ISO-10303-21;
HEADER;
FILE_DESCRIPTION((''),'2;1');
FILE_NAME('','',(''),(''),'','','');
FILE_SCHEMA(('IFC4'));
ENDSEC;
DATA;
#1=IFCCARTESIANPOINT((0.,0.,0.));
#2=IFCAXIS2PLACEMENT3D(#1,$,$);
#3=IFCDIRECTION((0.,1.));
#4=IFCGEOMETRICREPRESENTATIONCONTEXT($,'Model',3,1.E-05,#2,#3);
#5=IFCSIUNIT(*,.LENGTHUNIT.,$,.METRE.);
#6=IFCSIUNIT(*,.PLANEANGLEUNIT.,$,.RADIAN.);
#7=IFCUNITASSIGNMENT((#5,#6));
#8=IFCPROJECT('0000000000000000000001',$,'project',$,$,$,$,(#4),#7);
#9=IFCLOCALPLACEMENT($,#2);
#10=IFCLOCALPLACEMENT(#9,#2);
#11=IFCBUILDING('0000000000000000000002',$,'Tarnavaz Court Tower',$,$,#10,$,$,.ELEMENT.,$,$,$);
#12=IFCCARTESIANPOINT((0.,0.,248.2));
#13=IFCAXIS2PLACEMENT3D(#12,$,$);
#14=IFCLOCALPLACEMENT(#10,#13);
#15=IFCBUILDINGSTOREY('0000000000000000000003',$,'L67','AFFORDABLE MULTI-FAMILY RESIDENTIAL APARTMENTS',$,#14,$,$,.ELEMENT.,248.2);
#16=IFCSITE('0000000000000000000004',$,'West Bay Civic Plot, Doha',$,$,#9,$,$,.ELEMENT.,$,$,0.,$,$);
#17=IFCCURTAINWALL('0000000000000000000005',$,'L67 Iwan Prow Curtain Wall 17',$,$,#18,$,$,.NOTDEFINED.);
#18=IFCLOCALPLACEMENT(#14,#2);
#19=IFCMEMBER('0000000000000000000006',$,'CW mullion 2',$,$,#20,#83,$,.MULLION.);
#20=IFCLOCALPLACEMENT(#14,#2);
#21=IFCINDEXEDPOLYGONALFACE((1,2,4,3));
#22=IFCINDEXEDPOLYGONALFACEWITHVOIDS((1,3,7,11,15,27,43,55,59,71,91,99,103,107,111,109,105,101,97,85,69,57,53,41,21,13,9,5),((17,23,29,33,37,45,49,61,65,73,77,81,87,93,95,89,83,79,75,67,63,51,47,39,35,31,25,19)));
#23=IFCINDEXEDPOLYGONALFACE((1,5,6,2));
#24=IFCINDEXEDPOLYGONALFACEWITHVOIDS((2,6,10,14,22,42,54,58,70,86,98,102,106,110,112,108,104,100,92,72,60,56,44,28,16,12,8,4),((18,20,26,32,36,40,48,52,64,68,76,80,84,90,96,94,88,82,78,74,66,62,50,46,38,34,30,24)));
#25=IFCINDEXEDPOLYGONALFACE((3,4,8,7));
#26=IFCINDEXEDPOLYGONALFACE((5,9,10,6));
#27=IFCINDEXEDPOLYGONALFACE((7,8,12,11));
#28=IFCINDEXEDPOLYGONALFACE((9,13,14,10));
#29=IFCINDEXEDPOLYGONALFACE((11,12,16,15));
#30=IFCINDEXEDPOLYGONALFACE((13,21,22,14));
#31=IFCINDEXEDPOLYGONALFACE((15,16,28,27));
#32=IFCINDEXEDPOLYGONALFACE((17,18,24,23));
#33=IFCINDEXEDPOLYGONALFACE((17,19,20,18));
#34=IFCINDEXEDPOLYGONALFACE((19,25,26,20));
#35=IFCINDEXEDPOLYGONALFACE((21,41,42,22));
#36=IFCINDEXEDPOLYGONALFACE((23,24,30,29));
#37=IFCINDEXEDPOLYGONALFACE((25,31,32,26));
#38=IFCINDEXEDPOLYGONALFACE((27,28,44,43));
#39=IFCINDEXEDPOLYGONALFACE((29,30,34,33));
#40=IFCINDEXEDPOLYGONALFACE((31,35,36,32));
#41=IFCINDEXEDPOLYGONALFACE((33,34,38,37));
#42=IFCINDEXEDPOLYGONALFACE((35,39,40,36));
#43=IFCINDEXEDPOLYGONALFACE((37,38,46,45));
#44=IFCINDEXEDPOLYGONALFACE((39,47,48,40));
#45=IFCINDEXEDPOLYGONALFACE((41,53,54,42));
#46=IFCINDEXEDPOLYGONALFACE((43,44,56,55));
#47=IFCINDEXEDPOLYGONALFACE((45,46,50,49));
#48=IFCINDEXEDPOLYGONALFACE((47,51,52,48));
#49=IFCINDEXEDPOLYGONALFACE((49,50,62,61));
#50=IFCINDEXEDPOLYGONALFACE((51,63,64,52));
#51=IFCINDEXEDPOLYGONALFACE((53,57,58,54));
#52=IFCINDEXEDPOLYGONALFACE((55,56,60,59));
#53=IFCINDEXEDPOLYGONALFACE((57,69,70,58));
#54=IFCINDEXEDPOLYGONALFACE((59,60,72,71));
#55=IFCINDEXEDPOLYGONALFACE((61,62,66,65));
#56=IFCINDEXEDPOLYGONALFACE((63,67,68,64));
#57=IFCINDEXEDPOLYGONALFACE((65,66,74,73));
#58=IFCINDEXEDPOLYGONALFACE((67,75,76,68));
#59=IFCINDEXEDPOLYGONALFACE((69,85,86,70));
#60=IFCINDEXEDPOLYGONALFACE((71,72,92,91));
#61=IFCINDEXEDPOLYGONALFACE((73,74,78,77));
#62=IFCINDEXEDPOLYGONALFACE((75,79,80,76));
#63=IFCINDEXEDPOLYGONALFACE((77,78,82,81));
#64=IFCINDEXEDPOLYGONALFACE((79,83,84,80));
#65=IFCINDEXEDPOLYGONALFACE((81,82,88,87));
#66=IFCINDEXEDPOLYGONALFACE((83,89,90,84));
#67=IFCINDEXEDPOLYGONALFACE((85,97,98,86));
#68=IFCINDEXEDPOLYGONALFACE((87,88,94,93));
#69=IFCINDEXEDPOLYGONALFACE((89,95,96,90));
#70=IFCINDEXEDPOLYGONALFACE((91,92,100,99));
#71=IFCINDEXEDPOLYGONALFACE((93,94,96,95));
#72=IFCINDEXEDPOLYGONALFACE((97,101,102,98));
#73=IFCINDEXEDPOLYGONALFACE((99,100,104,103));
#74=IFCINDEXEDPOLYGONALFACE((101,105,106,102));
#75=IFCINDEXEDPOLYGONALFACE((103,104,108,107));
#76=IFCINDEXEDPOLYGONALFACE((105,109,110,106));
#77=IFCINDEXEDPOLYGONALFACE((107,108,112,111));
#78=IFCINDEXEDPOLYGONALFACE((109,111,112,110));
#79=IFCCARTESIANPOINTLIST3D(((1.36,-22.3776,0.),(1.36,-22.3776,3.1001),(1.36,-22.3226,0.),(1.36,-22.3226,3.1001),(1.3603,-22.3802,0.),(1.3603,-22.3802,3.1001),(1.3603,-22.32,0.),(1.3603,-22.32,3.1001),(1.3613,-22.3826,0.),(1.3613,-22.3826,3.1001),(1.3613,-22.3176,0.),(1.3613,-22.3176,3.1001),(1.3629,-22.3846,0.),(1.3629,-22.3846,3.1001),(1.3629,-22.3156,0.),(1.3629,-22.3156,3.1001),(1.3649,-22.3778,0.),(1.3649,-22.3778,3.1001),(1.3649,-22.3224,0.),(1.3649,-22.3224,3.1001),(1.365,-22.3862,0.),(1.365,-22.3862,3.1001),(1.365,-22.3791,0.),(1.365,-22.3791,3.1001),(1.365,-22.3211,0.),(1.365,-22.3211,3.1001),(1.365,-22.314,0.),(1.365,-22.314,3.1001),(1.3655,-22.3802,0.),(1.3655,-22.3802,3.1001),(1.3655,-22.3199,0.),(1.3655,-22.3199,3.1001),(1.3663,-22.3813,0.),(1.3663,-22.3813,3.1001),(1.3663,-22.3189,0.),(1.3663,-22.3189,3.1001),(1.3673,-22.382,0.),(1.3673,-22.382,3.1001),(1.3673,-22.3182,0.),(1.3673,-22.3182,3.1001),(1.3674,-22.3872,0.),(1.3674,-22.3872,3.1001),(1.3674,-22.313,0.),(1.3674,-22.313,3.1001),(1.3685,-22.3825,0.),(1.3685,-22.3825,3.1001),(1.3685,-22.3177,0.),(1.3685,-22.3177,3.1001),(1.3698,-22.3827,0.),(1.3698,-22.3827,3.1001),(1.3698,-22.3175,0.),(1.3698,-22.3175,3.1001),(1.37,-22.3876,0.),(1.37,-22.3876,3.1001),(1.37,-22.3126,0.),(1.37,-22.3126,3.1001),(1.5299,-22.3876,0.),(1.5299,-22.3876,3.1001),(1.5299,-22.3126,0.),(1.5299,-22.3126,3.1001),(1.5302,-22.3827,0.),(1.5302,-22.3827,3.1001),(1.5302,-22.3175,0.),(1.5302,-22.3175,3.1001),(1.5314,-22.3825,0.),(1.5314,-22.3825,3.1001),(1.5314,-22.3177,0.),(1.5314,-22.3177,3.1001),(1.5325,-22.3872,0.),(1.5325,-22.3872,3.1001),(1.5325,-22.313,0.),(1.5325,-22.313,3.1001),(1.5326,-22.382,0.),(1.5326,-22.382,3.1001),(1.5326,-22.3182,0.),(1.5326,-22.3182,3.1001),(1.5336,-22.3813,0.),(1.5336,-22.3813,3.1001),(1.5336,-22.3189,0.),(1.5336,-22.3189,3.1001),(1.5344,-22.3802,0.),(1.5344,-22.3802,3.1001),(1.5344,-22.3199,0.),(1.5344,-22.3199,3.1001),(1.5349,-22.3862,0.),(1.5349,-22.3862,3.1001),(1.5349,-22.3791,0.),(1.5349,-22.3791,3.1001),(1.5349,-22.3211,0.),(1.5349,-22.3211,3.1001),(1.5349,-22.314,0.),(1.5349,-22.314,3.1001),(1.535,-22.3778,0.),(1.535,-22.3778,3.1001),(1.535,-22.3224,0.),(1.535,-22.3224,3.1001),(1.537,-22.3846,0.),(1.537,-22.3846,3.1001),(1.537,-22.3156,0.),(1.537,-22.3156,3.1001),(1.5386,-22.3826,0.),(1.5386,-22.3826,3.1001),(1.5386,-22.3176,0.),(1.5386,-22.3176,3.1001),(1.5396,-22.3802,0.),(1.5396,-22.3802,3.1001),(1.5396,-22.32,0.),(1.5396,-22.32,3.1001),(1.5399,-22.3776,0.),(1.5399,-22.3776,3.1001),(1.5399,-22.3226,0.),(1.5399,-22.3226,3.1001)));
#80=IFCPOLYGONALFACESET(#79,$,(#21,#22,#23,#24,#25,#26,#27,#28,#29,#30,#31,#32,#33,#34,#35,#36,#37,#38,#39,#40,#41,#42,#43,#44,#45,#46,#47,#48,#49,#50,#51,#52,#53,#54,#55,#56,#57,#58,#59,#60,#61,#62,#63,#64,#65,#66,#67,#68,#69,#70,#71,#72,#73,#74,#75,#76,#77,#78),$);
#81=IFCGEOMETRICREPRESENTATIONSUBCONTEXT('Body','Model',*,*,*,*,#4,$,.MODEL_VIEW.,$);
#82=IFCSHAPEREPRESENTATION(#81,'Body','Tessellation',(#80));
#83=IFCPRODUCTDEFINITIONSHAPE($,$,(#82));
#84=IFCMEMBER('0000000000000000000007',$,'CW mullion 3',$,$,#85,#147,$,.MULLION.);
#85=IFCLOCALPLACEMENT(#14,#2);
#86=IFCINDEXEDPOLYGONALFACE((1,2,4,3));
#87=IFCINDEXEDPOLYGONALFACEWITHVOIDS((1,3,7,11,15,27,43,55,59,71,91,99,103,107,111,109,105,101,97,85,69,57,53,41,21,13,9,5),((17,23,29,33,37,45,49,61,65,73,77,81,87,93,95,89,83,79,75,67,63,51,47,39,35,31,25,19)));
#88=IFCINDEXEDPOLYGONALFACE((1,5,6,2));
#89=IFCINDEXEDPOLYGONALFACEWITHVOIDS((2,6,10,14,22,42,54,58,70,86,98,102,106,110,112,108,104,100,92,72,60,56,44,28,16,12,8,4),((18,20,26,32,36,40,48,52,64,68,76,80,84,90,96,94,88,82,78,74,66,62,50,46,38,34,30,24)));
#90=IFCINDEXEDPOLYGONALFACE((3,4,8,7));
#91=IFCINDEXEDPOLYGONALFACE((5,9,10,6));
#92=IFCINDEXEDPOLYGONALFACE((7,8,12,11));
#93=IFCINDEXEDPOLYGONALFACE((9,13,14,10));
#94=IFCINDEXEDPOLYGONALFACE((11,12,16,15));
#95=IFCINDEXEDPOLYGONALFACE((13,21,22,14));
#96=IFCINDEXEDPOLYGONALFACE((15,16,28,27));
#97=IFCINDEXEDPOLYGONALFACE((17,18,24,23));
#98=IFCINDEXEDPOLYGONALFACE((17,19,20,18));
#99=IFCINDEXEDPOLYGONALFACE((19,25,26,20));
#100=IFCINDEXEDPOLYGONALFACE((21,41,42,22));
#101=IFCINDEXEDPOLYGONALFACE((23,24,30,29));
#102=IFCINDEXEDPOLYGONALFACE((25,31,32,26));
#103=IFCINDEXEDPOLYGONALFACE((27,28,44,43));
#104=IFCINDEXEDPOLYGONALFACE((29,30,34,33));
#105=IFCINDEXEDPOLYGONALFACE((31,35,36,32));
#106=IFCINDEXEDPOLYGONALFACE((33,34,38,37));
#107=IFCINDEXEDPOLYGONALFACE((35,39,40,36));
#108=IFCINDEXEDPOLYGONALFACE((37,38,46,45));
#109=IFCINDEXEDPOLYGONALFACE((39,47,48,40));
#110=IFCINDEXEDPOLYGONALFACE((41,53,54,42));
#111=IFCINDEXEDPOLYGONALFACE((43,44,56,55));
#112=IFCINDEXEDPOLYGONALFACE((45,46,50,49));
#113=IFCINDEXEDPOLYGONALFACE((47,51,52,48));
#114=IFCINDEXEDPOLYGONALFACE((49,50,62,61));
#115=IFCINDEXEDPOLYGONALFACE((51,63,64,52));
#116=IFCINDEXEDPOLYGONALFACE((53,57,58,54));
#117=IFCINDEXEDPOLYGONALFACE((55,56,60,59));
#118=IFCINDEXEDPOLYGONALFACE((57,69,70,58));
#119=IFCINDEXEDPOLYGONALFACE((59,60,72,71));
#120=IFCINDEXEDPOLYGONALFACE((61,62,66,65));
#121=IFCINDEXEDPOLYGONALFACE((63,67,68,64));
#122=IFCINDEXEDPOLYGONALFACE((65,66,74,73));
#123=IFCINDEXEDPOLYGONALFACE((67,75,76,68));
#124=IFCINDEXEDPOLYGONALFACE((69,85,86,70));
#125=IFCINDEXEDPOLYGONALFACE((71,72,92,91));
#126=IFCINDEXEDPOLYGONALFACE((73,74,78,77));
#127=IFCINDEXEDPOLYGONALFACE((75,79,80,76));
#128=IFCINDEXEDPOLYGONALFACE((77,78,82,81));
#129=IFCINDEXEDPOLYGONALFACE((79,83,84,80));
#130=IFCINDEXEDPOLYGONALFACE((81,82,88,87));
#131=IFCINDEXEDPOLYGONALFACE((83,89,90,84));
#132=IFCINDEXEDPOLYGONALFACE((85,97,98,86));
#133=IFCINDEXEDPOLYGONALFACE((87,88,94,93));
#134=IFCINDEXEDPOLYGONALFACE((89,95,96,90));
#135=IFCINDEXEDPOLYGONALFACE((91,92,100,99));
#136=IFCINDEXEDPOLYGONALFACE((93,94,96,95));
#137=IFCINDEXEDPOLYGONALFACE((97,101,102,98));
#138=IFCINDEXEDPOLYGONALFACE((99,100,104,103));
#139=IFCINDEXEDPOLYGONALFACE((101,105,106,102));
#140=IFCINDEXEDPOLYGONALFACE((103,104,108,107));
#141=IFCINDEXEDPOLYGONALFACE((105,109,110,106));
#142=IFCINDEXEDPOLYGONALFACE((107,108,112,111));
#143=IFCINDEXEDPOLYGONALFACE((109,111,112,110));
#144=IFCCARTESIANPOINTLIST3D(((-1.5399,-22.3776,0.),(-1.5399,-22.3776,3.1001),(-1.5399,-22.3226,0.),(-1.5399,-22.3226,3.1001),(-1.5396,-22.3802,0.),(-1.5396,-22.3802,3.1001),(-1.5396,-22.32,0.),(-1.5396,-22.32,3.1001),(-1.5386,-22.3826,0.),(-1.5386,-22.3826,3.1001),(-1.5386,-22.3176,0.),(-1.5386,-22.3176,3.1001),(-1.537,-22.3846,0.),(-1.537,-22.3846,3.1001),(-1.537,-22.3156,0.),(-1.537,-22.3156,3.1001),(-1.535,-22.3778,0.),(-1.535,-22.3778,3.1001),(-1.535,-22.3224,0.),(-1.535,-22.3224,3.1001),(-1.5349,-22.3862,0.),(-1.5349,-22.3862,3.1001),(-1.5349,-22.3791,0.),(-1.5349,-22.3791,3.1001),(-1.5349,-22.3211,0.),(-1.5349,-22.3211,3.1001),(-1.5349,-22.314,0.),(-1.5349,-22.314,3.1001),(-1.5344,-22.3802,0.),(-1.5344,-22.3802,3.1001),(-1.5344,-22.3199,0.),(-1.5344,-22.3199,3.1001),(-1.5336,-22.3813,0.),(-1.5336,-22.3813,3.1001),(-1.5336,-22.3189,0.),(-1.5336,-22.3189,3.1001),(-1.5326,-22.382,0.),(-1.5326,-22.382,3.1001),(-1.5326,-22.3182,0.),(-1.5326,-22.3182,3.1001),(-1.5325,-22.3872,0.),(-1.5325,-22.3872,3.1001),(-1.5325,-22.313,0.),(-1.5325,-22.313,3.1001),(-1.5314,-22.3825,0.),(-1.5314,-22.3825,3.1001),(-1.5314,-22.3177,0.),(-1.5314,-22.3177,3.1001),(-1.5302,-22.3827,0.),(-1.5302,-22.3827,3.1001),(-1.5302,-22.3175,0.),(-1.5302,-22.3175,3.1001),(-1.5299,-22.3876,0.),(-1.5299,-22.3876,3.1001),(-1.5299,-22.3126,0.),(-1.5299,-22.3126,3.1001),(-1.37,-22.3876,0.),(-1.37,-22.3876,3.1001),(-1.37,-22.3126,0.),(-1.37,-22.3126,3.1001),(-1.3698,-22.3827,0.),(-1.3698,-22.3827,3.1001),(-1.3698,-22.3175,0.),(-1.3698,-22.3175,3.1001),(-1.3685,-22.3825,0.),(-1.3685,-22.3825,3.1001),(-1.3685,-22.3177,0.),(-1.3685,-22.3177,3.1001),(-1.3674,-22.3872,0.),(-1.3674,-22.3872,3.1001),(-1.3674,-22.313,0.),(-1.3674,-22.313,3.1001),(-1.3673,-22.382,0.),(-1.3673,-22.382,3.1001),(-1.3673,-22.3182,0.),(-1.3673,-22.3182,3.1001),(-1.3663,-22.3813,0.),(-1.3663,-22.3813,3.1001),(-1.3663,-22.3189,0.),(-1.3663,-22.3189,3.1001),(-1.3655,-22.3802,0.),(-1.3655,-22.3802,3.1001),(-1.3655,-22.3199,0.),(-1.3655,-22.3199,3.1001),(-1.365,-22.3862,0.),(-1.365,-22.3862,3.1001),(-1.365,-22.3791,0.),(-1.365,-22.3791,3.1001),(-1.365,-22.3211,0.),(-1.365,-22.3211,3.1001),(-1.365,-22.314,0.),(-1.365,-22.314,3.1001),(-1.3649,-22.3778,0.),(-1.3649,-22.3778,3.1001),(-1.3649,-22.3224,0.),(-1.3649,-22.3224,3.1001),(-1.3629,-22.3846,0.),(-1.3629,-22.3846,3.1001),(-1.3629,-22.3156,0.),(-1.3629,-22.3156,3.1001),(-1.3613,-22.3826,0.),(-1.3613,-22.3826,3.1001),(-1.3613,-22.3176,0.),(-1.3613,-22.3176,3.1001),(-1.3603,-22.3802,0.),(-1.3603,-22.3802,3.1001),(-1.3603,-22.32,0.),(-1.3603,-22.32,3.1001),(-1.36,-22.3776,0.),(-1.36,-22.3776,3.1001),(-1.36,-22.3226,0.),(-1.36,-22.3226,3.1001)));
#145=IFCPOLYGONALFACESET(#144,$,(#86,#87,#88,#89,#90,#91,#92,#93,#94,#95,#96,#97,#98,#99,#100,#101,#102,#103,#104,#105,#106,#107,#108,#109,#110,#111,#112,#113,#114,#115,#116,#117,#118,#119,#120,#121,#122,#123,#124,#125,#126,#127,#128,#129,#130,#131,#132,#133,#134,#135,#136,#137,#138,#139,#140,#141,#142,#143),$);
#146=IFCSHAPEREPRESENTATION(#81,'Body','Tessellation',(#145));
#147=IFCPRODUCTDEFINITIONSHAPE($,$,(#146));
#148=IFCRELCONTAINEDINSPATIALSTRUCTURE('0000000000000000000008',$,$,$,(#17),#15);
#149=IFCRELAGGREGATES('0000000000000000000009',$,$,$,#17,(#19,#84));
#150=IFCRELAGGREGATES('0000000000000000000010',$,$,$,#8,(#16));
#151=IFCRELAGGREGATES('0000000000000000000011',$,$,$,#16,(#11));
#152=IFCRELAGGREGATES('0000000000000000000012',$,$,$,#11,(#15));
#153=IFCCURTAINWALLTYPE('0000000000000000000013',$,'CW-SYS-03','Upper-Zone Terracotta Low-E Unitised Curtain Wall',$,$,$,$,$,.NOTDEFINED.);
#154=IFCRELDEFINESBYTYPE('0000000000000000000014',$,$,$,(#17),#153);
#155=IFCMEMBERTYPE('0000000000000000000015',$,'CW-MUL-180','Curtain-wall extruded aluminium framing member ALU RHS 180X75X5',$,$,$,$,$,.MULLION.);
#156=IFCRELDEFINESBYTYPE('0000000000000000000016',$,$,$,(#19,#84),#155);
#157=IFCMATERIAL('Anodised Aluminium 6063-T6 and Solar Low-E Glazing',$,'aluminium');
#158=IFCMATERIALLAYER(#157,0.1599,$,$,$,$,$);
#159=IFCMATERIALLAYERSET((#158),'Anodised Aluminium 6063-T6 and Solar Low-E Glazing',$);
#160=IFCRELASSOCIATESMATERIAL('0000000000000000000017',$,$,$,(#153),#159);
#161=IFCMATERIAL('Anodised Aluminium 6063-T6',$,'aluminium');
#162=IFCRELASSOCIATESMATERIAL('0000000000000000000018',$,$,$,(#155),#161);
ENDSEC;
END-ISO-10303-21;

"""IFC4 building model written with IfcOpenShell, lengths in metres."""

from ifc_helpers import new_model, si_unit, direction, frame, origin, origin_2d, place, context, subcontext, project, spatial, hollow_rectangle, extrude, material, layer, layer_set, material_profile, profile_set, type_object, element, aggregate, save


model = new_model("IFC4")

# Units and contexts
model_context = context("Model", 3, precision=1e-05, world=origin(), true_north=direction((0.0, 1.0)))
body_context = subcontext(model_context, "Body", "Model", "MODEL_VIEW")
ifc_project = project(units=[si_unit("LENGTHUNIT", "METRE"), si_unit("PLANEANGLEUNIT", "RADIAN")], contexts=[model_context])

# Site, building, storey
site_placement = place(None, origin())
site = spatial("IfcSite", under=ifc_project, at=site_placement, Name="West Bay Civic Plot, Doha", CompositionType="ELEMENT", RefElevation=0.0)
building_placement = place(site_placement, origin())
building = spatial("IfcBuilding", under=site, at=building_placement, Name="Tarnavaz Court Tower", CompositionType="ELEMENT")
storey_placement = place(building_placement, frame((0.0, 0.0, 248.2)))
storey = spatial("IfcBuildingStorey", under=building, at=storey_placement, Name="L67", Description="AFFORDABLE MULTI-FAMILY RESIDENTIAL APARTMENTS", CompositionType="ELEMENT", Elevation=248.2)

# Curtain wall, members
ifc_material_1 = material(Name="Anodised Aluminium 6063-T6 and Solar Low-E Glazing", Category="aluminium")
ifc_layer_1 = layer(ifc_material_1, 0.1599)
ifc_layer_set_1 = layer_set([ifc_layer_1], Name="Anodised Aluminium 6063-T6 and Solar Low-E Glazing")
curtain_wall_type = type_object("IfcCurtainWallType", Name="CW-SYS-03", Description="Upper-Zone Terracotta Low-E Unitised Curtain Wall", PredefinedType="NOTDEFINED", material=ifc_layer_set_1)
curtain_wall_placement = place(storey_placement, origin())
curtain_wall = element("IfcCurtainWall", 1, at=curtain_wall_placement, inside=storey, type_object=curtain_wall_type, Name="L67 Iwan Prow Curtain Wall 17", PredefinedType="NOTDEFINED")
ifc_material_2 = material(Name="Anodised Aluminium 6063-T6", Category="aluminium")
ifc_material_profile_1 = material_profile(ifc_material_2, hollow_rectangle(XDim=0.075, YDim=0.1799, WallThickness=0.0049, InnerFilletRadius=0.0049, OuterFilletRadius=0.01, at=origin_2d()), Name="ALU RHS 180X75X5")
ifc_profile_set_1 = profile_set([ifc_material_profile_1], Name="Anodised Aluminium 6063-T6")
member_type_1 = type_object("IfcMemberType", Name="CW-MUL-180", Description="Curtain-wall extruded aluminium framing member ALU RHS 180X75X5", PredefinedType="MULLION", material=ifc_profile_set_1)
member_1_placement = place(storey_placement, frame((1.45, -22.3501, 0.0), z_axis=(0.0, 0.0, 1.0), x_axis=(0.0, -1.0, 0.0)))
member_1 = element("IfcMember", 2, at=member_1_placement, type_object=member_type_1, Name="CW mullion 2", PredefinedType="MULLION", context=body_context, shape_type="SweptSolid", body=[
    extrude(hollow_rectangle(XDim=0.075, YDim=0.1799, WallThickness=0.0049, InnerFilletRadius=0.0049, OuterFilletRadius=0.01, at=origin_2d()), origin(), (0.0, 0.0, 1.0), 3.1001),
])
member_2_placement = place(storey_placement, frame((-1.45, -22.3501, 0.0), z_axis=(0.0, 0.0, 1.0), x_axis=(0.0, -1.0, 0.0)))
member_2 = element("IfcMember", 3, at=member_2_placement, type_object=member_type_1, Name="CW mullion 3", PredefinedType="MULLION", context=body_context, shape_type="SweptSolid", body=[
    extrude(hollow_rectangle(XDim=0.075, YDim=0.1799, WallThickness=0.0049, InnerFilletRadius=0.0049, OuterFilletRadius=0.01, at=origin_2d()), origin(), (0.0, 0.0, 1.0), 3.1001),
])
aggregate(curtain_wall, [member_1, member_2])

save(model, "model.ifc")
